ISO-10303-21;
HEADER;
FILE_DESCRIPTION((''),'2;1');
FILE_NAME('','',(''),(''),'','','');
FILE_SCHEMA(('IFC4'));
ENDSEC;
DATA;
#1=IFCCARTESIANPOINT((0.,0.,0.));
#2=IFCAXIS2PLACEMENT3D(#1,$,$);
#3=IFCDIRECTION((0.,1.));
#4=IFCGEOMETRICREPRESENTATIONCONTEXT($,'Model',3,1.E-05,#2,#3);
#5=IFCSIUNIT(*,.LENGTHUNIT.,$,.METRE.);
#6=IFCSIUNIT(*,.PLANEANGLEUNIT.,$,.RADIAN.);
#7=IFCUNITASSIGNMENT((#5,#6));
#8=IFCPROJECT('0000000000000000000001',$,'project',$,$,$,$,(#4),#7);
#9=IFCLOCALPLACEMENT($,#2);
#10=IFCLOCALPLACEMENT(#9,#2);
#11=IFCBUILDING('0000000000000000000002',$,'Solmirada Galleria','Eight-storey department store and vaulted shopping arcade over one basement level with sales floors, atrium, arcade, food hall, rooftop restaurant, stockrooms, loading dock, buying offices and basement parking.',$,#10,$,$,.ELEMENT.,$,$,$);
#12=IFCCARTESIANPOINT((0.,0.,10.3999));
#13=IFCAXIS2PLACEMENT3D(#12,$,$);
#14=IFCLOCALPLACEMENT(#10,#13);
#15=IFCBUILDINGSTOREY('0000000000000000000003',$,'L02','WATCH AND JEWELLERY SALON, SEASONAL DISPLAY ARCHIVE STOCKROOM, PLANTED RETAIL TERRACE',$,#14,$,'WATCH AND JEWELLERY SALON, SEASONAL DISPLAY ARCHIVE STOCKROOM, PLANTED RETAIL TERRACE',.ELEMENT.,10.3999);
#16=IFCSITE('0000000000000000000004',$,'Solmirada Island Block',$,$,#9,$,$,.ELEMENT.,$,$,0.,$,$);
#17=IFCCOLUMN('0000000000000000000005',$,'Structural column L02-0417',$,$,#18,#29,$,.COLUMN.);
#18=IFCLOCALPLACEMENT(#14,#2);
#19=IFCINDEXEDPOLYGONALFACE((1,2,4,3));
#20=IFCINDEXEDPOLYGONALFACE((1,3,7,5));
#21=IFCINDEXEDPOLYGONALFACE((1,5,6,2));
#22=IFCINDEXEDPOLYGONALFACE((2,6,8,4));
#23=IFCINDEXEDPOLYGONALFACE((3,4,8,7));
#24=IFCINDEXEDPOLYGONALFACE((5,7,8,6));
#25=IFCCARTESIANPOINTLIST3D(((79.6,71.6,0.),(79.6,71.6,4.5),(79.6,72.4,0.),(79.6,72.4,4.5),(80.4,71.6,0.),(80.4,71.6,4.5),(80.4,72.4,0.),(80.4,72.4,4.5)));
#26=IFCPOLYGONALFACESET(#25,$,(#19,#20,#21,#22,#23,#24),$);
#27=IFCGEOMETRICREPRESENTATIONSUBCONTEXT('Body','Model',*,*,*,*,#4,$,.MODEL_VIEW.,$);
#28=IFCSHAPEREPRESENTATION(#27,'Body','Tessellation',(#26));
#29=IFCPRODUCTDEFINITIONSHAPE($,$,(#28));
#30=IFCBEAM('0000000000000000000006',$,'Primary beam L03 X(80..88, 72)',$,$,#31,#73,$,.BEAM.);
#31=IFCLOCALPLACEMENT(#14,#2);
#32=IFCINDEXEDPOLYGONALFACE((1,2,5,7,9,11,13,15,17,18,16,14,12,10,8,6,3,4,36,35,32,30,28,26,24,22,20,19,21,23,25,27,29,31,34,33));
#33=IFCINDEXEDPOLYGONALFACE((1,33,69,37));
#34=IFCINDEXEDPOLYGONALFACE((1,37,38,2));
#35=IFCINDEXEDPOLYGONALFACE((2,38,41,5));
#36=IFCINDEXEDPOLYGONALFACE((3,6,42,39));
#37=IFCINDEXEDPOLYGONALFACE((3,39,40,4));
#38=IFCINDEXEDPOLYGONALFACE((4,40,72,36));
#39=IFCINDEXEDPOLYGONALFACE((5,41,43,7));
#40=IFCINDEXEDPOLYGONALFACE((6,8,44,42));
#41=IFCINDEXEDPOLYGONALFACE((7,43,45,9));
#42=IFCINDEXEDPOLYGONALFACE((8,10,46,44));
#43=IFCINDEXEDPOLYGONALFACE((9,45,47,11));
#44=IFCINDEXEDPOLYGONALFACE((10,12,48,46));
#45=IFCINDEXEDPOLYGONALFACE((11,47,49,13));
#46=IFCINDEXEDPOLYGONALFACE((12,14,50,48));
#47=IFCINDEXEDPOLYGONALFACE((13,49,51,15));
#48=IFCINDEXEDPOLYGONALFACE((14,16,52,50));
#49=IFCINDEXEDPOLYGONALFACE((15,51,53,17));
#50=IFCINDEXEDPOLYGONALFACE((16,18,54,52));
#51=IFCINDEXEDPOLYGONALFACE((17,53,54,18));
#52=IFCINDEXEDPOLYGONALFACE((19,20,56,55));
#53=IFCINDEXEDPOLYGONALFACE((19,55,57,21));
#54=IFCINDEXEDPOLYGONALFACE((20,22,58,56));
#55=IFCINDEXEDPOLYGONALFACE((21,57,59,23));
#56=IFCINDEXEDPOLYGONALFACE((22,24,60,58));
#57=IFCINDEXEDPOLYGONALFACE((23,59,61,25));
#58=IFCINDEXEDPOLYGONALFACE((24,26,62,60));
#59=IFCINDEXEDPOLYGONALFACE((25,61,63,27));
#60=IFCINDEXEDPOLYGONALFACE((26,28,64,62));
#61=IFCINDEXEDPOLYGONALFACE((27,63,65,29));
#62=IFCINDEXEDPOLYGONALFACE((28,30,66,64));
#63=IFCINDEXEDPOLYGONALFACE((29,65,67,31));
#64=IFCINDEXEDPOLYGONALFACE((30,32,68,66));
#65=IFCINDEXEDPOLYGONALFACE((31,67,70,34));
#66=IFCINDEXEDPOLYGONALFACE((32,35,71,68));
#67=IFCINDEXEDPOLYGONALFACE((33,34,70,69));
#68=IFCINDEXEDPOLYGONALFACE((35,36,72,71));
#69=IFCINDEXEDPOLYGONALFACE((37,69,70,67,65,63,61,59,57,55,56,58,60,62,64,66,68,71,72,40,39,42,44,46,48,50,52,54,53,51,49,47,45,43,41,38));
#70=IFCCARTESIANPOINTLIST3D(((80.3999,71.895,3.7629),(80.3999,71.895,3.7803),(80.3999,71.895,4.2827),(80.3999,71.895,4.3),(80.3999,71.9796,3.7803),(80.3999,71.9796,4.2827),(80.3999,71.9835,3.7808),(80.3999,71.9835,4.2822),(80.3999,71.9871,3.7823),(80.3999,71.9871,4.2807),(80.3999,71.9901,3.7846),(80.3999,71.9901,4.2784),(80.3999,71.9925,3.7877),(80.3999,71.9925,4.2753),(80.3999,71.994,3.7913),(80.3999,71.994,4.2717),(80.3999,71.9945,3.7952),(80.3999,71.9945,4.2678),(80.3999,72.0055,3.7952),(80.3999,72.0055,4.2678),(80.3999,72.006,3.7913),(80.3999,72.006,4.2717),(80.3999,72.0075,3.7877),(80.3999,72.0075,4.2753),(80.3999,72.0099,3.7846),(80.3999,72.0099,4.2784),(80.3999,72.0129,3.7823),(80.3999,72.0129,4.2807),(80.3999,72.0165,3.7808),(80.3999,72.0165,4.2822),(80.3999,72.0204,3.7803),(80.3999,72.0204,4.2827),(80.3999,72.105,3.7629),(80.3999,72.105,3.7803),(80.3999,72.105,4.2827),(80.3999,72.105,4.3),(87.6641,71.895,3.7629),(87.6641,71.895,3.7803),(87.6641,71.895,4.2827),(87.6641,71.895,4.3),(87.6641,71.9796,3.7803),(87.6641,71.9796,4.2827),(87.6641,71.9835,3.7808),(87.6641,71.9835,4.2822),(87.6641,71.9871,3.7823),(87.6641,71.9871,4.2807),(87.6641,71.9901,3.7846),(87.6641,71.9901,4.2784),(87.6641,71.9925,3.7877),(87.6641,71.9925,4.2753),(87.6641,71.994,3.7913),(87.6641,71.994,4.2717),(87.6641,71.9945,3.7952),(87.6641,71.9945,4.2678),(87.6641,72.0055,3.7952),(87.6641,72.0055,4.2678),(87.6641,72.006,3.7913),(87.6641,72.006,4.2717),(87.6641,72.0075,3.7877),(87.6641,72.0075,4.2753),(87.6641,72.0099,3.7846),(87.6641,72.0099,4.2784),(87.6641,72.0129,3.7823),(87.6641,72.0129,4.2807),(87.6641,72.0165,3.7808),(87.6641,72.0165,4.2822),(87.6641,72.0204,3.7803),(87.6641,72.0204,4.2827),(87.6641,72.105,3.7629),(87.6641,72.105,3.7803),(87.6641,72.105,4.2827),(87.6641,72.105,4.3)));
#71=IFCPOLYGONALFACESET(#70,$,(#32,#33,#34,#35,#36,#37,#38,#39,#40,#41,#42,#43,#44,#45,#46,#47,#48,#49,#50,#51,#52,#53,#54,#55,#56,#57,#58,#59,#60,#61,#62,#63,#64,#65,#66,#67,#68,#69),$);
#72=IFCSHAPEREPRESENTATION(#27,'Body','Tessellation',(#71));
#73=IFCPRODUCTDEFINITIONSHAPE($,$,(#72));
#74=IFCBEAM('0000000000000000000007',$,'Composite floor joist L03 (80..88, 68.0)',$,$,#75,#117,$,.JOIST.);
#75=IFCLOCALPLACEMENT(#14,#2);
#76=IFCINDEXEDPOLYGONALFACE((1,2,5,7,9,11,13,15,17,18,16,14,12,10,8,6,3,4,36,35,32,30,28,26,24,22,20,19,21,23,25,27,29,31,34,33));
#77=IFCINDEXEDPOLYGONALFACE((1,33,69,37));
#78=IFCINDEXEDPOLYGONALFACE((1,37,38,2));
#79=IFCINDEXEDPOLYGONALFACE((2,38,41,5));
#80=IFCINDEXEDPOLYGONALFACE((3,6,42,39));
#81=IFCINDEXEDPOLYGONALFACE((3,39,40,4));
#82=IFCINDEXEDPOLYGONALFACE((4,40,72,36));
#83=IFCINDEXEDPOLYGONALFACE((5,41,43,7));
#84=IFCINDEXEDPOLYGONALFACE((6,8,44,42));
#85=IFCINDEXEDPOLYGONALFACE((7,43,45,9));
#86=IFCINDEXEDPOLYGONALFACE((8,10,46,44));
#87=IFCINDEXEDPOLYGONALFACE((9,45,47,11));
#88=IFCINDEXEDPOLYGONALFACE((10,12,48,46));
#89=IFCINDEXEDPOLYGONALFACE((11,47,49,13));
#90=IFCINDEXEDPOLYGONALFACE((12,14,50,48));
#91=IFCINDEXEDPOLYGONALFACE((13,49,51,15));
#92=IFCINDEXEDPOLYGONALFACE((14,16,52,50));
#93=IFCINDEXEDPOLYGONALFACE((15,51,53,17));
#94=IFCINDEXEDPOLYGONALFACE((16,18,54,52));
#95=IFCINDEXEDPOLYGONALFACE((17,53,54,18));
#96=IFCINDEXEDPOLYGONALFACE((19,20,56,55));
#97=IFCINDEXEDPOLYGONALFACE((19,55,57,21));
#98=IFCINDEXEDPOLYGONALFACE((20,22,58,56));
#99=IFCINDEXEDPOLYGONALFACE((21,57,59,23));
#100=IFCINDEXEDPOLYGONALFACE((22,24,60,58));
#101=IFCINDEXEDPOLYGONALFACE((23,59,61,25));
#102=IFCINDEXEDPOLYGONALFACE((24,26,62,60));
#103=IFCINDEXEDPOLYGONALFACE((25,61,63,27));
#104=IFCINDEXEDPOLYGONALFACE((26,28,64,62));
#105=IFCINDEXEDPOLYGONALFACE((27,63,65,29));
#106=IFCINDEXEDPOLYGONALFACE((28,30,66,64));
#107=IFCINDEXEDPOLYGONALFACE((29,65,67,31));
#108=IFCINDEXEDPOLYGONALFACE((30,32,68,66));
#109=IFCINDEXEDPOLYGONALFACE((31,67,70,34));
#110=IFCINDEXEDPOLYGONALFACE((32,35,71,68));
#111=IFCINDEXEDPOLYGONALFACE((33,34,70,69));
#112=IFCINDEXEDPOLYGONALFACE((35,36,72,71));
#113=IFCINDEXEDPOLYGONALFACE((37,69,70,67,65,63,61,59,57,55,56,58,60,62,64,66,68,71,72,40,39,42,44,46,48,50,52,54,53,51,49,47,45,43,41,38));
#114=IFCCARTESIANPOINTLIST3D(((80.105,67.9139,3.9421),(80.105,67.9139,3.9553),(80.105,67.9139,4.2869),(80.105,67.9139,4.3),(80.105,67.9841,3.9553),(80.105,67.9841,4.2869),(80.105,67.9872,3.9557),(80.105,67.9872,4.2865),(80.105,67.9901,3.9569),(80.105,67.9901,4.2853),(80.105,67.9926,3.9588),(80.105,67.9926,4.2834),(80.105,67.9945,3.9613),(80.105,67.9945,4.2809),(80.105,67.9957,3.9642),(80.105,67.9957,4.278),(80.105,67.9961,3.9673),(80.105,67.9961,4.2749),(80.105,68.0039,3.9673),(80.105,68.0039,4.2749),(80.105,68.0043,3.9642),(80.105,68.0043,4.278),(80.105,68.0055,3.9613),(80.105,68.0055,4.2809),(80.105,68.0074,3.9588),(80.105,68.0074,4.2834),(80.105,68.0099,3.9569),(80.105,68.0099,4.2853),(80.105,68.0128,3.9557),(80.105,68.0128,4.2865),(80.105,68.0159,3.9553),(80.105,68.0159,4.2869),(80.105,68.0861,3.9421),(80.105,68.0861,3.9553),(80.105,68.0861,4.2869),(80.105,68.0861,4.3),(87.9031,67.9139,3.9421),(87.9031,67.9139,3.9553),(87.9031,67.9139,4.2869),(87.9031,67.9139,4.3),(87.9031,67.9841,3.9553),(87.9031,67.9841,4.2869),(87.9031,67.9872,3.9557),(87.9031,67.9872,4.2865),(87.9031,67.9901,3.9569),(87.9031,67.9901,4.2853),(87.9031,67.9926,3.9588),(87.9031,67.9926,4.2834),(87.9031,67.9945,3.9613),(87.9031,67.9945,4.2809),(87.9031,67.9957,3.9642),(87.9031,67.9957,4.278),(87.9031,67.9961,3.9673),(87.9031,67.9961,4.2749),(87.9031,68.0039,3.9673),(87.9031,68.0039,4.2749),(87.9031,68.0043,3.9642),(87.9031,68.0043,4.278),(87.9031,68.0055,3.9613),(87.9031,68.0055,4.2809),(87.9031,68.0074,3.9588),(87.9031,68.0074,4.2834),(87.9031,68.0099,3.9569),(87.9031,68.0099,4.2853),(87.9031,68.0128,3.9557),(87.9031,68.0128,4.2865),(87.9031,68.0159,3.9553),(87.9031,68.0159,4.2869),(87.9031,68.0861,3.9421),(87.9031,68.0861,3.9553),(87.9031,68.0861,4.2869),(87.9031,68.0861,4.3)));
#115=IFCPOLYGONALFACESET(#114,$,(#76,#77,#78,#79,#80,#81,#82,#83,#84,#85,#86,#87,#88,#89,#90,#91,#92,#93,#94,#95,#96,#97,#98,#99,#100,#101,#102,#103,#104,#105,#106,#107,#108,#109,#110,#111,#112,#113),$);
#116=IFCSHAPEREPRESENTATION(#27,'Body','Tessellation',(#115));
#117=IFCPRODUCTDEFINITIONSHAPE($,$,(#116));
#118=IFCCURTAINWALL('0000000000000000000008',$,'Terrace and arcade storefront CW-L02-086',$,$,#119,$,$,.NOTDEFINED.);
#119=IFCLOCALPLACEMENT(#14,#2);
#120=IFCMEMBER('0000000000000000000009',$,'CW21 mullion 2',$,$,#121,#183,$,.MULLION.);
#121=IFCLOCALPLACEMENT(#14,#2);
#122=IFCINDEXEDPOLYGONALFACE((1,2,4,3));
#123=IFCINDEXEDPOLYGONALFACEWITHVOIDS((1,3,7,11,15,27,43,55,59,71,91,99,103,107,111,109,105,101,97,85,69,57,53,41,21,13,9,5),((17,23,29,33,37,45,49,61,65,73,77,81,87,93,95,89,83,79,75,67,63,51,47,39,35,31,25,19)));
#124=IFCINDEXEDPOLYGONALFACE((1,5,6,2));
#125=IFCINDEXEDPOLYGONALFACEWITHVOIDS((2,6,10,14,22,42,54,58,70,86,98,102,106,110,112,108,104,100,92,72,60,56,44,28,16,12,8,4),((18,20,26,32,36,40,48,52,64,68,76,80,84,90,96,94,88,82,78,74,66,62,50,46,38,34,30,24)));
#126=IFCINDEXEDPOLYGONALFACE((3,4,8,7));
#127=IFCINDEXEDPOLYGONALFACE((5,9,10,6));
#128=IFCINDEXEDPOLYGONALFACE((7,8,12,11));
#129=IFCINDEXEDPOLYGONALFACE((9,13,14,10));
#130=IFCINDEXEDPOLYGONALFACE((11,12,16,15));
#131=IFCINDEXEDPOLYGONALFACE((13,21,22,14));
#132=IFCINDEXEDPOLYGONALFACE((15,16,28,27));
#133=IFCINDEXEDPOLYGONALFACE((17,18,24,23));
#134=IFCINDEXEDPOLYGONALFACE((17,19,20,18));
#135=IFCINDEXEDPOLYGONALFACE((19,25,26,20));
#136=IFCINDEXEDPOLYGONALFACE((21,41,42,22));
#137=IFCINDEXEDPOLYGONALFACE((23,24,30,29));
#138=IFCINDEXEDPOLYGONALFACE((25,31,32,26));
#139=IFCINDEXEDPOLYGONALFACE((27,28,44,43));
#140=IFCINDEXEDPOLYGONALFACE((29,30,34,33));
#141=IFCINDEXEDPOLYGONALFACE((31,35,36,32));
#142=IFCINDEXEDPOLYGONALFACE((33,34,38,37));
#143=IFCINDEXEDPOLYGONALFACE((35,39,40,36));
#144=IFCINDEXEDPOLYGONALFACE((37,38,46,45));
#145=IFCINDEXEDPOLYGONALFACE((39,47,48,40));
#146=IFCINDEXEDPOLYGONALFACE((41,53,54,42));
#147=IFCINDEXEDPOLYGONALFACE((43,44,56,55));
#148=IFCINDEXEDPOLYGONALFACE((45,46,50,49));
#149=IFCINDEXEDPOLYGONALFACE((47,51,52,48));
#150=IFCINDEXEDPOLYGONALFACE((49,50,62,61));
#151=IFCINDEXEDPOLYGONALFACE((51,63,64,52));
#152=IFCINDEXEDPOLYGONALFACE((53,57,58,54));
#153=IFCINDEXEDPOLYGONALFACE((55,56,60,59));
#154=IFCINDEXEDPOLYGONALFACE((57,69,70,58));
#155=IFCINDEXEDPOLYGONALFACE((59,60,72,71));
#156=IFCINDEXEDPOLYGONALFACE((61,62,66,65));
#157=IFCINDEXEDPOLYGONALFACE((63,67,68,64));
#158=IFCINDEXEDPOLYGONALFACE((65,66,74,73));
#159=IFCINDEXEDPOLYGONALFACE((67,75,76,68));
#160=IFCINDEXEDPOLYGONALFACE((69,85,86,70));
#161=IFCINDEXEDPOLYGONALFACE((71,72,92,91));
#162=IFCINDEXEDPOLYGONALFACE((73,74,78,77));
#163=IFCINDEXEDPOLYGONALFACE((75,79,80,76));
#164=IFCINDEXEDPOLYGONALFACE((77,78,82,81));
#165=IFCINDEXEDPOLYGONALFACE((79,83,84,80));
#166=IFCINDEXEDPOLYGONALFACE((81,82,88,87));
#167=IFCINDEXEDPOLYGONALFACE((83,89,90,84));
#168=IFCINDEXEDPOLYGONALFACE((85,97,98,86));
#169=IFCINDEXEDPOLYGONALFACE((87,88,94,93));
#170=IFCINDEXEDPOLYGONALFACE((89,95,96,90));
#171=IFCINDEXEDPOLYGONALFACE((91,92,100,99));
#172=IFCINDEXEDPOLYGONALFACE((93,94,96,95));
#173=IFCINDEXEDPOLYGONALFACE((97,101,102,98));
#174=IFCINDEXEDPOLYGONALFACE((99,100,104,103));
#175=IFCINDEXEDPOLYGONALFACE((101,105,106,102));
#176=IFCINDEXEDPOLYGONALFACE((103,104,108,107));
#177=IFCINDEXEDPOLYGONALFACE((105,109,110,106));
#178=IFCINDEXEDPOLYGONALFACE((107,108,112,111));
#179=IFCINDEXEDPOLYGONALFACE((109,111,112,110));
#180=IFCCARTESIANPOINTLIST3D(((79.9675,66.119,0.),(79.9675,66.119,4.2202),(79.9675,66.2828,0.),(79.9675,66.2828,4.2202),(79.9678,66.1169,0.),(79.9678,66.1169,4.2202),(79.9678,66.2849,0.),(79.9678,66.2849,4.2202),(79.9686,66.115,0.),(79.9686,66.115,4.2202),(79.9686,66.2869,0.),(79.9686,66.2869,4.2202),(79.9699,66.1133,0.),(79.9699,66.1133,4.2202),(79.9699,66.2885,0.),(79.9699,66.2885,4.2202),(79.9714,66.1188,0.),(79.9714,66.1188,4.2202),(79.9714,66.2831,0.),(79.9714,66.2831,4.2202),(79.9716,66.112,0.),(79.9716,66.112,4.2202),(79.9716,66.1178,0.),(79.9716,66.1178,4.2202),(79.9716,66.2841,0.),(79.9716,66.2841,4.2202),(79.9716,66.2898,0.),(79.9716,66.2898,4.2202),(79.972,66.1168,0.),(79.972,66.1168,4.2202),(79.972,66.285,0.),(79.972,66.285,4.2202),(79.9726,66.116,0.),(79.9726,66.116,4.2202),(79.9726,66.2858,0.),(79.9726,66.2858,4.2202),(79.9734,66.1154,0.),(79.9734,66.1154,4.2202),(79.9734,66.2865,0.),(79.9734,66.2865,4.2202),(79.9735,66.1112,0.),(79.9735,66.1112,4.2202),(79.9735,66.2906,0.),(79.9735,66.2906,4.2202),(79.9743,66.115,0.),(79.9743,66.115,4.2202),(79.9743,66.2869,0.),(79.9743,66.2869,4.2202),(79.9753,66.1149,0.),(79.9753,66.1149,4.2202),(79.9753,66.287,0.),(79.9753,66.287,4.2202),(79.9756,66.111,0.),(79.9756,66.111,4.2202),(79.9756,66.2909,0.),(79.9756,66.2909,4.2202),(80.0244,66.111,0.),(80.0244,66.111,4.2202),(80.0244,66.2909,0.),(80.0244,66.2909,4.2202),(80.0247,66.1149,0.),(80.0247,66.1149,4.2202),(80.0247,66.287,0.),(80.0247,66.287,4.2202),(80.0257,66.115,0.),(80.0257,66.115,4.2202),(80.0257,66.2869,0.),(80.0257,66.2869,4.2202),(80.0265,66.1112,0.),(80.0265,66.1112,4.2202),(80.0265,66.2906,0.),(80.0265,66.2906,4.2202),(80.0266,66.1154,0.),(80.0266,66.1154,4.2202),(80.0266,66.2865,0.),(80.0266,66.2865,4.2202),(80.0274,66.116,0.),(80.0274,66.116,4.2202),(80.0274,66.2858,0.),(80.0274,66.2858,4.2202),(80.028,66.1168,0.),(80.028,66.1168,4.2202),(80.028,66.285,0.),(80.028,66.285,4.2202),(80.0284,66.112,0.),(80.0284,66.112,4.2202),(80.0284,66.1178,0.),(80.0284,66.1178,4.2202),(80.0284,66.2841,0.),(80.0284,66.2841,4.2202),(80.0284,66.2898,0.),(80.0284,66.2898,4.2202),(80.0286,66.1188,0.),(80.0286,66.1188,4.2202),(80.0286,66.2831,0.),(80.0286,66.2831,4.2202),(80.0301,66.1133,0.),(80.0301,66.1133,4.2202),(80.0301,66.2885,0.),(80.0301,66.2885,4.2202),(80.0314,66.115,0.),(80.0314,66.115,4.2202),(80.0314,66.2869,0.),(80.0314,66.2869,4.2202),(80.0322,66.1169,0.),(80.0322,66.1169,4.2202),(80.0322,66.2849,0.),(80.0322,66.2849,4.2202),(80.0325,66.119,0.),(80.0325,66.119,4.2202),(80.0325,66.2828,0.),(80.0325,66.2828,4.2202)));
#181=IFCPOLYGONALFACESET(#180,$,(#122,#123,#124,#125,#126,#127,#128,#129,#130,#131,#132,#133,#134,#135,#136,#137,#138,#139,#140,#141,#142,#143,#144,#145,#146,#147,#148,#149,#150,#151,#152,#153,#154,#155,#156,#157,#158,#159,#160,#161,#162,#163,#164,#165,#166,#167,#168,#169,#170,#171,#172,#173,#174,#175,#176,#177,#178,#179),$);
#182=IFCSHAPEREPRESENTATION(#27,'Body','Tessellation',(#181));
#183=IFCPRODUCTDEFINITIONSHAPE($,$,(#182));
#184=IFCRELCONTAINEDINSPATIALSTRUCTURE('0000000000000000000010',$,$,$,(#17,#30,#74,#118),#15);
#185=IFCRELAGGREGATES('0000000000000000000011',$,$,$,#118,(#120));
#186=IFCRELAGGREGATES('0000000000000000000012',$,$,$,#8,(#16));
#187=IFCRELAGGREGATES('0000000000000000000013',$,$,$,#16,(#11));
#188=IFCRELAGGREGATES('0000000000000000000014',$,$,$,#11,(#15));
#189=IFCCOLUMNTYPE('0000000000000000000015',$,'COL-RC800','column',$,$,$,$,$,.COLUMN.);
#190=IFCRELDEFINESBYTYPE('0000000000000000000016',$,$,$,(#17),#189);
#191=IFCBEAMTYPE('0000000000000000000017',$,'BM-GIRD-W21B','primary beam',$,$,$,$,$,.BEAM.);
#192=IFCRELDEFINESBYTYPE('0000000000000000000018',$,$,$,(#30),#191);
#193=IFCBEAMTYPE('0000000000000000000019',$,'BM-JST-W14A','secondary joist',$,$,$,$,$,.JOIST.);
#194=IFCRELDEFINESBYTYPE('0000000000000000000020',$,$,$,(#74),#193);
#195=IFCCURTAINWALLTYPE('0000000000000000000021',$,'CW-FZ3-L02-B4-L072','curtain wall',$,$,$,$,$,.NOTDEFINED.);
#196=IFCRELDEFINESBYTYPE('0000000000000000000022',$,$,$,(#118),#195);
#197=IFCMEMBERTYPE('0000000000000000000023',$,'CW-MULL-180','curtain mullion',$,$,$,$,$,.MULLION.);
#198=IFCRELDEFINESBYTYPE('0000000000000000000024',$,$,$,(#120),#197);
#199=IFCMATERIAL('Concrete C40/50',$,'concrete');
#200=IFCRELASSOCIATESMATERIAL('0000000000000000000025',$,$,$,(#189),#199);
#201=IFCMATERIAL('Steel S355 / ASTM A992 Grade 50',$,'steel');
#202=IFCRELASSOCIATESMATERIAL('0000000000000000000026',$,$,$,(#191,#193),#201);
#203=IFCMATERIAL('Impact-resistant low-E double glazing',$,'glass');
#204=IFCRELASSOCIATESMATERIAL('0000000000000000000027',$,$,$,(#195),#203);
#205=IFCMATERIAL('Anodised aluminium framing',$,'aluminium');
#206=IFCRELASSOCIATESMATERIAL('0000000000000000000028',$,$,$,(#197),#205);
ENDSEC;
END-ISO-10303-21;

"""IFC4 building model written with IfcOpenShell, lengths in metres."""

from ifc_helpers import new_model, si_unit, direction, frame, origin, origin_2d, place, context, subcontext, project, spatial, rectangle, hollow_rectangle, i_section, extrude, material, material_profile, profile_set, type_object, element, aggregate, save


model = new_model("IFC4")

# Units and contexts
model_context = context("Model", 3, precision=1e-05, world=origin(), true_north=direction((0.0, 1.0)))
body_context = subcontext(model_context, "Body", "Model", "MODEL_VIEW")
ifc_project = project(units=[si_unit("LENGTHUNIT", "METRE"), si_unit("PLANEANGLEUNIT", "RADIAN")], contexts=[model_context])

# Site, building, storey
site_placement = place(None, origin())
site = spatial("IfcSite", under=ifc_project, at=site_placement, Name="Solmirada Island Block", CompositionType="ELEMENT", RefElevation=0.0)
building_placement = place(site_placement, origin())
building = spatial("IfcBuilding", under=site, at=building_placement, Name="Solmirada Galleria", Description="Eight-storey department store and vaulted shopping arcade over one basement level with sales floors, atrium, arcade, food hall, rooftop restaurant, stockrooms, loading dock, buying offices and basement parking.", CompositionType="ELEMENT")
storey_placement = place(building_placement, frame((0.0, 0.0, 10.3999)))
storey = spatial("IfcBuildingStorey", under=building, at=storey_placement, Name="L02", Description="WATCH AND JEWELLERY SALON, SEASONAL DISPLAY ARCHIVE STOCKROOM, PLANTED RETAIL TERRACE", LongName="WATCH AND JEWELLERY SALON, SEASONAL DISPLAY ARCHIVE STOCKROOM, PLANTED RETAIL TERRACE", CompositionType="ELEMENT", Elevation=10.3999)

# Column
ifc_material_1 = material(Name="Concrete C40/50", Category="concrete")
ifc_material_profile_1 = material_profile(ifc_material_1, rectangle(XDim=0.8, YDim=0.8, at=origin_2d()), Name="RC800X800")
ifc_profile_set_1 = profile_set([ifc_material_profile_1], Name="Concrete C40/50")
column_type = type_object("IfcColumnType", Name="COL-RC800", Description="column", PredefinedType="COLUMN", material=ifc_profile_set_1)
column_placement = place(storey_placement, frame((80.0, 72.0, 0.0), z_axis=(0.0, 0.0, 1.0), x_axis=(1.0, 0.0, 0.0)))
element("IfcColumn", 1, at=column_placement, inside=storey, type_object=column_type, Name="Structural column L02-0417", PredefinedType="COLUMN", context=body_context, shape_type="SweptSolid", body=[
    extrude(rectangle(XDim=0.8, YDim=0.8, at=origin_2d()), origin(), (0.0, 0.0, 1.0), 4.5),
])

# Beams
ifc_material_2 = material(Name="Steel S355 / ASTM A992 Grade 50", Category="steel")
ifc_material_profile_2 = material_profile(ifc_material_2, i_section(OverallWidth=0.21, OverallDepth=0.5371, WebThickness=0.011, FlangeThickness=0.0173, FilletRadius=0.0149, at=origin_2d()), Name="W21X68")
ifc_profile_set_2 = profile_set([ifc_material_profile_2], Name="Steel S355 / ASTM A992 Grade 50")
beam_type_1 = type_object("IfcBeamType", Name="BM-GIRD-W21B", Description="primary beam", PredefinedType="BEAM", material=ifc_profile_set_2)
beam_1_placement = place(storey_placement, frame((80.3999, 72.0, 4.0315), z_axis=(1.0, 0.0, 0.0), x_axis=(0.0, 1.0, 0.0)))
element("IfcBeam", 2, at=beam_1_placement, inside=storey, type_object=beam_type_1, Name="Primary beam L03 X(80..88, 72)", PredefinedType="BEAM", context=body_context, shape_type="SweptSolid", body=[
    extrude(i_section(OverallWidth=0.21, OverallDepth=0.5371, WebThickness=0.011, FlangeThickness=0.0173, FilletRadius=0.0149, at=origin_2d()), origin(), (0.0, 0.0, 1.0), 7.2642),
])
ifc_material_profile_3 = material_profile(ifc_material_2, i_section(OverallWidth=0.1721, OverallDepth=0.3579, WebThickness=0.0078, FlangeThickness=0.0132, FilletRadius=0.012, at=origin_2d()), Name="W14X38")
ifc_profile_set_3 = profile_set([ifc_material_profile_3], Name="Steel S355 / ASTM A992 Grade 50")
beam_type_2 = type_object("IfcBeamType", Name="BM-JST-W14A", Description="secondary joist", PredefinedType="JOIST", material=ifc_profile_set_3)
beam_2_placement = place(storey_placement, frame((80.105, 68.0, 4.1211), z_axis=(1.0, 0.0, 0.0), x_axis=(0.0, 1.0, 0.0)))
element("IfcBeam", 3, at=beam_2_placement, inside=storey, type_object=beam_type_2, Name="Composite floor joist L03 (80..88, 68.0)", PredefinedType="JOIST", context=body_context, shape_type="SweptSolid", body=[
    extrude(i_section(OverallWidth=0.1721, OverallDepth=0.3579, WebThickness=0.0078, FlangeThickness=0.0132, FilletRadius=0.012, at=origin_2d()), origin(), (0.0, 0.0, 1.0), 7.7981),
])

# Curtain wall, member
ifc_material_3 = material(Name="Impact-resistant low-E double glazing", Category="glass")
curtain_wall_type = type_object("IfcCurtainWallType", Name="CW-FZ3-L02-B4-L072", Description="curtain wall", PredefinedType="NOTDEFINED", material=ifc_material_3)
curtain_wall_1_placement = place(storey_placement, origin())
curtain_wall_1 = element("IfcCurtainWall", 4, at=curtain_wall_1_placement, inside=storey, type_object=curtain_wall_type, Name="Terrace and arcade storefront CW-L02-086", PredefinedType="NOTDEFINED")
ifc_material_4 = material(Name="Anodised aluminium framing", Category="aluminium")
ifc_material_profile_4 = material_profile(ifc_material_4, hollow_rectangle(XDim=0.0649, YDim=0.1799, WallThickness=0.0039, InnerFilletRadius=0.0039, OuterFilletRadius=0.0081, at=origin_2d()), Name="ALU-MULL-180X65")
ifc_profile_set_4 = profile_set([ifc_material_profile_4], Name="Anodised aluminium framing")
member_type_1 = type_object("IfcMemberType", Name="CW-MULL-180", Description="curtain mullion", PredefinedType="MULLION", material=ifc_profile_set_4)
member_1_placement = place(storey_placement, frame((80.0, 66.2009, 0.0), z_axis=(0.0, 0.0, 1.0), x_axis=(-1.0, 0.0, 0.0)))
member_1 = element("IfcMember", 5, at=member_1_placement, type_object=member_type_1, Name="CW21 mullion 2", PredefinedType="MULLION", context=body_context, shape_type="SweptSolid", body=[
    extrude(hollow_rectangle(XDim=0.0649, YDim=0.1799, WallThickness=0.0039, InnerFilletRadius=0.0039, OuterFilletRadius=0.0081, at=origin_2d()), origin(), (0.0, 0.0, 1.0), 4.2202),
])

aggregate(curtain_wall_1, [member_1])

save(model, "model.ifc")
